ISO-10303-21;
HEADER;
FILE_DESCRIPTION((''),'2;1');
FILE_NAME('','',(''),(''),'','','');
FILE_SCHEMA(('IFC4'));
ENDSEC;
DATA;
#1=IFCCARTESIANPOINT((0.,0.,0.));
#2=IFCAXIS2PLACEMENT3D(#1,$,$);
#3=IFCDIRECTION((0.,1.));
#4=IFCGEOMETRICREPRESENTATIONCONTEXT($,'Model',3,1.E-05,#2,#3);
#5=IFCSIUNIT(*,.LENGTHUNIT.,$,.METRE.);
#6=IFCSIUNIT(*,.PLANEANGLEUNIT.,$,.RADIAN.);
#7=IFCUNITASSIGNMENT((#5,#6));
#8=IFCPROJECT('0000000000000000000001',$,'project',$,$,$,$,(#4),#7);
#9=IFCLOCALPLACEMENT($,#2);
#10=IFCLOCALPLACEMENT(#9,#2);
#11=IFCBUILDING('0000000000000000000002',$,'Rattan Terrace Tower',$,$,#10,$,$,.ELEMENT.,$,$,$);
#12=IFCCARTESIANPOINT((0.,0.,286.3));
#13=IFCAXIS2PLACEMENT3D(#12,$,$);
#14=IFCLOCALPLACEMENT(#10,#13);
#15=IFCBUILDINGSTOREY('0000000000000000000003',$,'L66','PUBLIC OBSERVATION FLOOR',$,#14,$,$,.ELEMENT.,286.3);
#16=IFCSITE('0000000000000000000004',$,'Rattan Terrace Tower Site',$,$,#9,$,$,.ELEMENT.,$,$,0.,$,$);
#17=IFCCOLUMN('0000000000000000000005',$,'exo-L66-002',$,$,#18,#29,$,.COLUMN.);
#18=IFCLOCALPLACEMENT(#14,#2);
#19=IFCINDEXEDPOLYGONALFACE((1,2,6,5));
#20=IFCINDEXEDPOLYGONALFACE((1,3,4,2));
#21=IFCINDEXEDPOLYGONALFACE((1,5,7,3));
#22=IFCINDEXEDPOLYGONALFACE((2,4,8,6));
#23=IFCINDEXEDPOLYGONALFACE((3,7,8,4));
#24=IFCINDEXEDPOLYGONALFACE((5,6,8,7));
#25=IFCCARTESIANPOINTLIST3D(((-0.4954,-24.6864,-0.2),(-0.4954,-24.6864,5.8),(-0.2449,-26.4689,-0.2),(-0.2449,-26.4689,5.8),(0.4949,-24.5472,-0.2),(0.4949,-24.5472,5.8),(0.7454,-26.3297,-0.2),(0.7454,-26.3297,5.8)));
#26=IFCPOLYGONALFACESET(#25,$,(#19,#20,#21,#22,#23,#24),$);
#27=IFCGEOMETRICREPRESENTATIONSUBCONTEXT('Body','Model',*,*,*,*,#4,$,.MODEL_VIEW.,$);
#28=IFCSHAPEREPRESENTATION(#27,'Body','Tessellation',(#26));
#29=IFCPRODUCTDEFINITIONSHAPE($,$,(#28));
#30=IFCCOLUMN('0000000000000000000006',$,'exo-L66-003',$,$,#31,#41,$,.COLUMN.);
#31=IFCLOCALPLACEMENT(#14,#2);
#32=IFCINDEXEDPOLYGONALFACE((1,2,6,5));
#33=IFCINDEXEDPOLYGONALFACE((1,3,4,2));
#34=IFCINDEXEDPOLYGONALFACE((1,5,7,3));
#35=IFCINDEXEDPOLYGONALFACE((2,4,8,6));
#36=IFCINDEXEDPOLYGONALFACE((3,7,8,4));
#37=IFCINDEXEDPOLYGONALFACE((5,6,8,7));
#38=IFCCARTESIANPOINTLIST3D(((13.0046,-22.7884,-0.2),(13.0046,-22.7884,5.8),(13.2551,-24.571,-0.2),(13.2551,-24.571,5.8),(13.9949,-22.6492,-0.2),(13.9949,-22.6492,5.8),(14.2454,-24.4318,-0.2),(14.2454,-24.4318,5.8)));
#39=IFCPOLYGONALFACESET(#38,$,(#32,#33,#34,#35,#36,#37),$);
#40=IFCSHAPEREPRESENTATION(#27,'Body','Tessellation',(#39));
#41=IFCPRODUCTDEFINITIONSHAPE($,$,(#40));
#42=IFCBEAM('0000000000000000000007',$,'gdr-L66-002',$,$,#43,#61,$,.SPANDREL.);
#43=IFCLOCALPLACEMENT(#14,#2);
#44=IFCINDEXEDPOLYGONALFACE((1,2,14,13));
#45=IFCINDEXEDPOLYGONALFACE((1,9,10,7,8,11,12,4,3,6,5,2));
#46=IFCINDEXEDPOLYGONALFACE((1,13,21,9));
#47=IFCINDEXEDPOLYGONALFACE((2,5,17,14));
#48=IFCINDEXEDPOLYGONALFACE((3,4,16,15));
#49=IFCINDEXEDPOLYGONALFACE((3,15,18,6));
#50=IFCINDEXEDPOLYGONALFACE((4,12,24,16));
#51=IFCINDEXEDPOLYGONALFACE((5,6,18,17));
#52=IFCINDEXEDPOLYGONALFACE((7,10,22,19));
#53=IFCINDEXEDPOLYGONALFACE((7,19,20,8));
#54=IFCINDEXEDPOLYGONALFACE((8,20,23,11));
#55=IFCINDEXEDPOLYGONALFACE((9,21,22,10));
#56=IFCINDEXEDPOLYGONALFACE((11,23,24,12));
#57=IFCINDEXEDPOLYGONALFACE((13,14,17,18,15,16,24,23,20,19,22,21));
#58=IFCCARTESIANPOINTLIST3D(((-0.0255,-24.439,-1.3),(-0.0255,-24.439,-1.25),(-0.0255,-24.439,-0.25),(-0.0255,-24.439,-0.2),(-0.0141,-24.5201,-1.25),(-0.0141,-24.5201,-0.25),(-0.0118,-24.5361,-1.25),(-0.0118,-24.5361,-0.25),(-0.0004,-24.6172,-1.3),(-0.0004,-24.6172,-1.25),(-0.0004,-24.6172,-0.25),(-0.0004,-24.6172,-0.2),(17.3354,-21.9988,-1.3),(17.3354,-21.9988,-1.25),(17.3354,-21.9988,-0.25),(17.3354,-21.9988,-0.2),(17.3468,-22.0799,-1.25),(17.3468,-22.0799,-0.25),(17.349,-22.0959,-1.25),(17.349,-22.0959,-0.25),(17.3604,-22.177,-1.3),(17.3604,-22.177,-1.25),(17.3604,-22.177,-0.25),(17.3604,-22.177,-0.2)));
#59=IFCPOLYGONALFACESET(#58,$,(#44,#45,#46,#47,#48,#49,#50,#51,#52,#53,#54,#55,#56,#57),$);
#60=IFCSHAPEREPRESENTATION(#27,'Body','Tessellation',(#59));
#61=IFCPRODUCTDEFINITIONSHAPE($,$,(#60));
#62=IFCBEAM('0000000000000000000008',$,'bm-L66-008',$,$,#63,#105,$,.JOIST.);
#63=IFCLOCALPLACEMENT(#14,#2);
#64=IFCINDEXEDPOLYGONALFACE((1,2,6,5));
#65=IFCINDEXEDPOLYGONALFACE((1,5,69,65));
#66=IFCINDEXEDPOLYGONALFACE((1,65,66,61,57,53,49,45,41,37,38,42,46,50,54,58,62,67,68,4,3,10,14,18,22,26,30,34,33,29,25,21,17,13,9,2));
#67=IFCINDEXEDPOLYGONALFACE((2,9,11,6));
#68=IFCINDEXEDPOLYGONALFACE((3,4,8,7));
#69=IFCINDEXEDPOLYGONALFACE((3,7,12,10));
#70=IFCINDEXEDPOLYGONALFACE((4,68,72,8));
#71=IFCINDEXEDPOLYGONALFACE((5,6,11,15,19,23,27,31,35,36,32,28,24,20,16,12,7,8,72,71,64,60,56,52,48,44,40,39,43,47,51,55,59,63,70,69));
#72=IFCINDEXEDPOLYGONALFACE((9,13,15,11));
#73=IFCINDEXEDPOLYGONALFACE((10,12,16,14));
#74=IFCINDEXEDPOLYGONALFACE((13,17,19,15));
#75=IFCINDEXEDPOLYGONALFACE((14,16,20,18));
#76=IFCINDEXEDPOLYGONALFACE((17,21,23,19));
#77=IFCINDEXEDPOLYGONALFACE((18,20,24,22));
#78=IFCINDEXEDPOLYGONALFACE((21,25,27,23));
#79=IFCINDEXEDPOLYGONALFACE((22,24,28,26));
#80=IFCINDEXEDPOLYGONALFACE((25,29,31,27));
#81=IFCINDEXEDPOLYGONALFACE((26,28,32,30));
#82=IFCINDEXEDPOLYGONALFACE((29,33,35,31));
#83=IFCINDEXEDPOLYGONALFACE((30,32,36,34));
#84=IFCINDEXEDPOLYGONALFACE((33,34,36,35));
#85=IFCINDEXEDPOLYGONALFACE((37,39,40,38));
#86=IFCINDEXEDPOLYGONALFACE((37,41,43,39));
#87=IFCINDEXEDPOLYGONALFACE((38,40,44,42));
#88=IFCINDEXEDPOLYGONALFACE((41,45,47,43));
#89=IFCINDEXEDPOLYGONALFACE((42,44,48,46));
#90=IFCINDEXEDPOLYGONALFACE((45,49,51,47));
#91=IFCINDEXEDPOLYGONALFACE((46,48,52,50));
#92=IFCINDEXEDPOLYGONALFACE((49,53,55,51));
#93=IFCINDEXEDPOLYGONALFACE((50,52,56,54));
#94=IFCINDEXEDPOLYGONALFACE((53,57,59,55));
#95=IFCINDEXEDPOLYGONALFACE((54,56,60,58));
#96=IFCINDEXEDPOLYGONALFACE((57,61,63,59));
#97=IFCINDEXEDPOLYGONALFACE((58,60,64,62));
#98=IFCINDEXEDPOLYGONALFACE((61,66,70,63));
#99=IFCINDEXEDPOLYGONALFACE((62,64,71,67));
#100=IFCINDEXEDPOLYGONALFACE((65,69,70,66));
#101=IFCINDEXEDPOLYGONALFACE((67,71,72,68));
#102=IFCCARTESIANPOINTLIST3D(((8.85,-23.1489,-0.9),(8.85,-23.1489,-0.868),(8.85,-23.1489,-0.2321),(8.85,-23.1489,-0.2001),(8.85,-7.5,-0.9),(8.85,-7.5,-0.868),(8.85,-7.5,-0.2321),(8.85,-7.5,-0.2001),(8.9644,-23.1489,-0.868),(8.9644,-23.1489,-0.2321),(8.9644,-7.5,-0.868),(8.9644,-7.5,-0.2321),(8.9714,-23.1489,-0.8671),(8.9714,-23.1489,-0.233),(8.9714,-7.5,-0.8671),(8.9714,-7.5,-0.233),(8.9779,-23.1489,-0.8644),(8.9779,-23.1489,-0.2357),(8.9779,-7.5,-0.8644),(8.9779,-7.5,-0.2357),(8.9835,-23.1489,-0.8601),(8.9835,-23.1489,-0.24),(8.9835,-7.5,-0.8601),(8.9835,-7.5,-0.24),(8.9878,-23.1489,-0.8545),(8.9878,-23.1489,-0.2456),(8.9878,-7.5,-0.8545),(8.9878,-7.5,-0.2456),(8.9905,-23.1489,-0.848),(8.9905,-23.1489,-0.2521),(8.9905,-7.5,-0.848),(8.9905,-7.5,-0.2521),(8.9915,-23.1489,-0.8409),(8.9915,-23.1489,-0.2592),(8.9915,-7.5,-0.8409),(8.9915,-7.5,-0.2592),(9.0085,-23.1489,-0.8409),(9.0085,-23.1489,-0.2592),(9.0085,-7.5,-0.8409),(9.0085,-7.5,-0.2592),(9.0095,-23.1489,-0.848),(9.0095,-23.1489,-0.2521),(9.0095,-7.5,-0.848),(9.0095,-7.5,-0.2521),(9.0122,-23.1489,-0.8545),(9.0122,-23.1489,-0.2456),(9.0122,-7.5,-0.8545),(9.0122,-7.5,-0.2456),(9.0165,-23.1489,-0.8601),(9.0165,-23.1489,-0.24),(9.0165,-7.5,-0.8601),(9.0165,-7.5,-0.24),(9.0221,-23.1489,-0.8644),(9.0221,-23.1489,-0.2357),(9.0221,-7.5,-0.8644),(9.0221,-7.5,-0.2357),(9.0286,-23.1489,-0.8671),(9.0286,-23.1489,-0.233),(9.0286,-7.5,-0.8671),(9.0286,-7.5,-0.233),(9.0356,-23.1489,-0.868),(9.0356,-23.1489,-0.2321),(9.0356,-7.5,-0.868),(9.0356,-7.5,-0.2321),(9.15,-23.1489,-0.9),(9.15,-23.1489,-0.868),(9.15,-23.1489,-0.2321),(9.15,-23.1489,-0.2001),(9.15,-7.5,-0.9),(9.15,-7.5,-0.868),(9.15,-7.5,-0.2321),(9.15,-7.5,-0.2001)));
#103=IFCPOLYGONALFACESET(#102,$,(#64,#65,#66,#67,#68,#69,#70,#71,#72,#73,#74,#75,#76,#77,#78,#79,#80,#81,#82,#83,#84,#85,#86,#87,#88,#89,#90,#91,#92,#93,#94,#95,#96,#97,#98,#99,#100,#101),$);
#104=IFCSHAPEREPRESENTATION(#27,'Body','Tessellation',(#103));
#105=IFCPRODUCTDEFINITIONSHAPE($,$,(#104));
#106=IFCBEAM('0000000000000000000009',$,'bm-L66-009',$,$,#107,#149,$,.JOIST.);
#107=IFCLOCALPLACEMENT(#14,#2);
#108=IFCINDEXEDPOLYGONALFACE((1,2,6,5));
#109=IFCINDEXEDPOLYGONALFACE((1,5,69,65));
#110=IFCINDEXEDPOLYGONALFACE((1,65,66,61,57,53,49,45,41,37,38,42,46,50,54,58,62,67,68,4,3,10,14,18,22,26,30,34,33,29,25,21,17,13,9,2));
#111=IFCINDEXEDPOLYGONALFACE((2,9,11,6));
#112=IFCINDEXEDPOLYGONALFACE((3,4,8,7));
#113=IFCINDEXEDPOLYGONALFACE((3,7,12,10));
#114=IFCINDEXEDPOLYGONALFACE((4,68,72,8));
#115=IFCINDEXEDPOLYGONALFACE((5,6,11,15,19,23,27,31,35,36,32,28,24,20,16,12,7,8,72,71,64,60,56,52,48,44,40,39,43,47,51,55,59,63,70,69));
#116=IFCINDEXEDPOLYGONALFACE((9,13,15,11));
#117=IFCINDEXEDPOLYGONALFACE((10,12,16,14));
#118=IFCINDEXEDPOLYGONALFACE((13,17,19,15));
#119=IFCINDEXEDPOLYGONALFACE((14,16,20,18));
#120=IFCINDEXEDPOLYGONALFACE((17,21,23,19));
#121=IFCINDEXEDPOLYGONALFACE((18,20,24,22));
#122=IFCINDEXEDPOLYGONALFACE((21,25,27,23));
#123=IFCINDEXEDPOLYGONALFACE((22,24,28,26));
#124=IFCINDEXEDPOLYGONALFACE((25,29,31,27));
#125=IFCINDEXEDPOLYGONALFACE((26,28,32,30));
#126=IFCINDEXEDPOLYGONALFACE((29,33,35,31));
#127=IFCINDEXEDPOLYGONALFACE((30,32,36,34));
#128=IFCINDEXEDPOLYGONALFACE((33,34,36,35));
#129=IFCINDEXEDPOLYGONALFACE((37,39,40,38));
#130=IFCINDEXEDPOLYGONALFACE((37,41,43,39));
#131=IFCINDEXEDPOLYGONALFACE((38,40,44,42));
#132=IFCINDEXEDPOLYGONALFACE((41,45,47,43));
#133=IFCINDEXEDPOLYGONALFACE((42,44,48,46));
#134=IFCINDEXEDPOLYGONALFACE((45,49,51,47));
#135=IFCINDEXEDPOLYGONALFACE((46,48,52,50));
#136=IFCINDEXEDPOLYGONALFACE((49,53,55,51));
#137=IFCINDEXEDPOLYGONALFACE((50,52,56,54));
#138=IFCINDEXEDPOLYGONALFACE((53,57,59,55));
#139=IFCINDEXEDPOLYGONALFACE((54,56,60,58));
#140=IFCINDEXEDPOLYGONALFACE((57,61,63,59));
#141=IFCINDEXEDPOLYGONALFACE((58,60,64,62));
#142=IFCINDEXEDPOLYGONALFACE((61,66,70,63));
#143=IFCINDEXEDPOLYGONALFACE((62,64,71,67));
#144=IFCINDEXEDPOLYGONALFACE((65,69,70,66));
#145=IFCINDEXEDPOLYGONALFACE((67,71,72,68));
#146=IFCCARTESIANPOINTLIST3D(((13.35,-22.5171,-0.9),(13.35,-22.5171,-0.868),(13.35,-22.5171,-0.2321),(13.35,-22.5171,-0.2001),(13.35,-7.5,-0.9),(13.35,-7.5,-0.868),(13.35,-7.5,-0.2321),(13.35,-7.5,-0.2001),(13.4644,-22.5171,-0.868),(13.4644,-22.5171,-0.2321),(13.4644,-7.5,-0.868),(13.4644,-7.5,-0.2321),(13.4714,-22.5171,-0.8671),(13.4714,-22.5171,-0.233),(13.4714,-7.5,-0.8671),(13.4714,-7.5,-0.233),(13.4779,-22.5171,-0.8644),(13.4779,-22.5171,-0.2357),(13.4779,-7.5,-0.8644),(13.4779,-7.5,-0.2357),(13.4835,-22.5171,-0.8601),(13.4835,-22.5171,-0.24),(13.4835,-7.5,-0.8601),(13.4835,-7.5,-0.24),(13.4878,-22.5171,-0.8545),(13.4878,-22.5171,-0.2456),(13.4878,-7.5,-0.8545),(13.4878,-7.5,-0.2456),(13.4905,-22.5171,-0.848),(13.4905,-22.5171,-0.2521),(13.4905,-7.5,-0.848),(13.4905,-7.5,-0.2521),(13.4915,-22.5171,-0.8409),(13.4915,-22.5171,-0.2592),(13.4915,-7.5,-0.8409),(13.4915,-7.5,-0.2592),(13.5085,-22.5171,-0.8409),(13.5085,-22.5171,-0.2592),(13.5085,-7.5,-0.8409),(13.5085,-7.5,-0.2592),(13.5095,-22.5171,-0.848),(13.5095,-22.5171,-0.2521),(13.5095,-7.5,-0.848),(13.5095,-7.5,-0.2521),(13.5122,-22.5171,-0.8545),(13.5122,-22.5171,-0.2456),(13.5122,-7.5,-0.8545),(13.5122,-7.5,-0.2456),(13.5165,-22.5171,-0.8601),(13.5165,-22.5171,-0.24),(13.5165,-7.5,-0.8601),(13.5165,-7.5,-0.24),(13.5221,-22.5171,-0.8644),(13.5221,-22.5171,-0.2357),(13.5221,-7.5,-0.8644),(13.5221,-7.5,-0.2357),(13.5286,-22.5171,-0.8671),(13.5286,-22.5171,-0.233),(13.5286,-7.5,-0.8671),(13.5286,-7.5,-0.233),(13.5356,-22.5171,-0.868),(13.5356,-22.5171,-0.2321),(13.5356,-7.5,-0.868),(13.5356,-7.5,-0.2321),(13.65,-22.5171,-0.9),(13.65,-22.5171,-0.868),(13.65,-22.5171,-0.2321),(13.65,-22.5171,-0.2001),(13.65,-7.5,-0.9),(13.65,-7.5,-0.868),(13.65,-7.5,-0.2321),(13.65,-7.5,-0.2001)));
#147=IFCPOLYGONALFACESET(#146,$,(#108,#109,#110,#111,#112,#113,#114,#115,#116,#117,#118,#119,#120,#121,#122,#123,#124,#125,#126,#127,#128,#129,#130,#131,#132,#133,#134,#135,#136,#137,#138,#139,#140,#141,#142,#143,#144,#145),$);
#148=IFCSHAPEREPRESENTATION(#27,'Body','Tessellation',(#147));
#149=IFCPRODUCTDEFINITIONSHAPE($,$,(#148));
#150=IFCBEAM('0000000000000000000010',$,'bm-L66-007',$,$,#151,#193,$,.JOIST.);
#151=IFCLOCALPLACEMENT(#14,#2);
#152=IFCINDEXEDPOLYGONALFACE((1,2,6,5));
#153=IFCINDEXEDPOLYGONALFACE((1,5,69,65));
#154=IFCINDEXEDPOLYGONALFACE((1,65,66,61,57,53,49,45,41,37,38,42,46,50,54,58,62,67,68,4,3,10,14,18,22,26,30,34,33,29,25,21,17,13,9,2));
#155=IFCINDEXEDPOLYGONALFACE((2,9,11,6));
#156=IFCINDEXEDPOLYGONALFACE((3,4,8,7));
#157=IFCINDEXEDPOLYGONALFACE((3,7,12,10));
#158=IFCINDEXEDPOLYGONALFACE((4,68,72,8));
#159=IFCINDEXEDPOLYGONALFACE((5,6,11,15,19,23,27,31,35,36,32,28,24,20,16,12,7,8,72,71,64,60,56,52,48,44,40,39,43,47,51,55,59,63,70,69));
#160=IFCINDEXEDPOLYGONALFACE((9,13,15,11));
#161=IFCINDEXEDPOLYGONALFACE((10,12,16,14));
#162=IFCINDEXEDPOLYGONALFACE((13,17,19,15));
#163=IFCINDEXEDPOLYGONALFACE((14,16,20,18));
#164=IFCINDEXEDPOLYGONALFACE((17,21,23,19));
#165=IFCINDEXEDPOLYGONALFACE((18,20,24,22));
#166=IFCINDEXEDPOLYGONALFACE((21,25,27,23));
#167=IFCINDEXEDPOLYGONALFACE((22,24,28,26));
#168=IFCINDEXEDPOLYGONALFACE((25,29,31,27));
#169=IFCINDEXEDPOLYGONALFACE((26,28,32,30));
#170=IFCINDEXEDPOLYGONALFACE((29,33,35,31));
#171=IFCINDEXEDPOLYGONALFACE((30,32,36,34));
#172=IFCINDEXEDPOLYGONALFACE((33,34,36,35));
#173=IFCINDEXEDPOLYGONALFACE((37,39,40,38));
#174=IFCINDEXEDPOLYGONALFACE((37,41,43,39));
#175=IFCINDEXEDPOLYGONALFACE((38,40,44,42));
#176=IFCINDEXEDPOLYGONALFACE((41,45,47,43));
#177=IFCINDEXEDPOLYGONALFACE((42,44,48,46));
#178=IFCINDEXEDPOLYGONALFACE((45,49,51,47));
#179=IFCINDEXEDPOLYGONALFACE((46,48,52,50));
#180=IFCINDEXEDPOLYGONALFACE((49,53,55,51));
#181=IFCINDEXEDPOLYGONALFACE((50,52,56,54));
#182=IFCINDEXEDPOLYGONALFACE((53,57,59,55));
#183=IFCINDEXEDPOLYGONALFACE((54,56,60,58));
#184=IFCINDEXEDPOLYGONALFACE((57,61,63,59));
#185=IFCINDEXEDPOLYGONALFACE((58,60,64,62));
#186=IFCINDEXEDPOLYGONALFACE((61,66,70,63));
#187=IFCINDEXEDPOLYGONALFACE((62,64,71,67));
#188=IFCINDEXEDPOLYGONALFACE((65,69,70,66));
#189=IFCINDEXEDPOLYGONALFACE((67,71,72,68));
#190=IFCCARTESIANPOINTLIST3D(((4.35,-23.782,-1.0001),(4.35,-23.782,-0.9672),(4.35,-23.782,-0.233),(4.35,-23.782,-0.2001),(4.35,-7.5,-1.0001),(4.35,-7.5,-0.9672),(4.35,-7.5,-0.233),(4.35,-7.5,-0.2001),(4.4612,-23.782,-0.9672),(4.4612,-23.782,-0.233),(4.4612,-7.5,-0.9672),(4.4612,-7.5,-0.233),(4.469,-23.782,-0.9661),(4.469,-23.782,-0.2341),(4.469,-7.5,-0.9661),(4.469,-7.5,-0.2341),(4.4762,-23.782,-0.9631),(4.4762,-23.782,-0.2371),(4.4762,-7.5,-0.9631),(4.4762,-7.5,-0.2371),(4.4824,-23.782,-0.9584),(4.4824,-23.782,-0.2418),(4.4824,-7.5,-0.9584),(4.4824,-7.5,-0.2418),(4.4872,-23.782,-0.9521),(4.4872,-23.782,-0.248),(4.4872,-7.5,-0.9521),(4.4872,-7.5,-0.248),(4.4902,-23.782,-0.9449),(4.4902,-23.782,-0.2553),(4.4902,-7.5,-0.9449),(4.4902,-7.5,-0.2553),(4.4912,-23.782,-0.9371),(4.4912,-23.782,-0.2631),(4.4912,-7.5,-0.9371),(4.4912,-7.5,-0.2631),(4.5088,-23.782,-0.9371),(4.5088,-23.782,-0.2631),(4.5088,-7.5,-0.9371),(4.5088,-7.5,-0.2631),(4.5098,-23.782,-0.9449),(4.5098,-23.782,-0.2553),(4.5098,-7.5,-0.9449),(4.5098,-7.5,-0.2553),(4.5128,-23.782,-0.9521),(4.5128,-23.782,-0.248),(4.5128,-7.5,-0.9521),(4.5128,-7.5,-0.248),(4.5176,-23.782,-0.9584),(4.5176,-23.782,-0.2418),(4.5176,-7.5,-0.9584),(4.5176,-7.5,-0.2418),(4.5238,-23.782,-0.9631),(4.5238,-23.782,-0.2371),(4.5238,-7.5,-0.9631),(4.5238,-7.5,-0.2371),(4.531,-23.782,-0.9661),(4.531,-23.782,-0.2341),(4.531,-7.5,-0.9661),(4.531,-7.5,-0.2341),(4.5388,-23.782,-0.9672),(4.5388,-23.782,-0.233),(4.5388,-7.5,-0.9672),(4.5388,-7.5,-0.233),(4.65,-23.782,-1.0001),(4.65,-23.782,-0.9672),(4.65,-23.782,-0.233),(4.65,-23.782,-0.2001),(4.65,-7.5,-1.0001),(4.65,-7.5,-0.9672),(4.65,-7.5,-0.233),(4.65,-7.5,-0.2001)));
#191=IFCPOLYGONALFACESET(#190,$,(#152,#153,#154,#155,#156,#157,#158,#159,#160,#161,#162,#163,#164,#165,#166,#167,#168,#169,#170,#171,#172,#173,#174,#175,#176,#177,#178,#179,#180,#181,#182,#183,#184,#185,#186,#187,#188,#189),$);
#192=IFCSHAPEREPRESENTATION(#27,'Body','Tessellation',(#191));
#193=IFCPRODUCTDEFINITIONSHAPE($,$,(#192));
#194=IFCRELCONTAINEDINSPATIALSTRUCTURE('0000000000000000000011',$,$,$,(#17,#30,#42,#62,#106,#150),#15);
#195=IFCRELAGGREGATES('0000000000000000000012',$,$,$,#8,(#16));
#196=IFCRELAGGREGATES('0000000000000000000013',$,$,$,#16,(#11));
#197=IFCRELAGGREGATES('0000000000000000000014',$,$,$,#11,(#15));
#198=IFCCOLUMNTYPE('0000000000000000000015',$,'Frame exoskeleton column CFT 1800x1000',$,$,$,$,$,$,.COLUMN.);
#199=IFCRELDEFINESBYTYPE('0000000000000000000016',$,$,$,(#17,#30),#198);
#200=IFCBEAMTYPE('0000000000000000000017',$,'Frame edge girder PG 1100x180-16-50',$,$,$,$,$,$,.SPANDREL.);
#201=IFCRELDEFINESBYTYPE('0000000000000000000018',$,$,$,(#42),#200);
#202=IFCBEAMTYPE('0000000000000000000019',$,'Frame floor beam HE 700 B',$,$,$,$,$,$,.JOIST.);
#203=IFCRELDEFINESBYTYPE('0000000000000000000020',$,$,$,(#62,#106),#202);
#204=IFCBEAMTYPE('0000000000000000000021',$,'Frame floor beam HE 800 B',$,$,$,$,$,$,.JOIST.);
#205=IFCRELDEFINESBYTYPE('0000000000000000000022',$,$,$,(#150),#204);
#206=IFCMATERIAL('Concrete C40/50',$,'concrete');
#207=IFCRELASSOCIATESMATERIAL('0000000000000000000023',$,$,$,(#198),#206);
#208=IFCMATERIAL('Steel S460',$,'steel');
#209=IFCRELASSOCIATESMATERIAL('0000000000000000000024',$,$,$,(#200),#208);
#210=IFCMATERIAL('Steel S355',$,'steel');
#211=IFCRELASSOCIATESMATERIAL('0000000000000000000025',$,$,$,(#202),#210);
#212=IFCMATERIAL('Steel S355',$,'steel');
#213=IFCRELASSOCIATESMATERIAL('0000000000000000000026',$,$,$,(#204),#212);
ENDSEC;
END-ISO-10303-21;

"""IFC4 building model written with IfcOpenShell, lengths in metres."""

from ifc_helpers import new_model, si_unit, direction, frame, origin, origin_2d, place, context, subcontext, project, spatial, rectangle, i_section, extrude, material, material_profile, profile_set, type_object, element, save


model = new_model("IFC4")

# Units and contexts
model_context = context("Model", 3, precision=1e-05, world=origin(), true_north=direction((0.0, 1.0)))
body_context = subcontext(model_context, "Body", "Model", "MODEL_VIEW")
ifc_project = project(units=[si_unit("LENGTHUNIT", "METRE"), si_unit("PLANEANGLEUNIT", "RADIAN")], contexts=[model_context])

# Site, building, storey
site_placement = place(None, origin())
site = spatial("IfcSite", under=ifc_project, at=site_placement, Name="Rattan Terrace Tower Site", CompositionType="ELEMENT", RefElevation=0.0)
building_placement = place(site_placement, origin())
building = spatial("IfcBuilding", under=site, at=building_placement, Name="Rattan Terrace Tower", CompositionType="ELEMENT")
storey_placement = place(building_placement, frame((0.0, 0.0, 286.3)))
storey = spatial("IfcBuildingStorey", under=building, at=storey_placement, Name="L66", Description="PUBLIC OBSERVATION FLOOR", CompositionType="ELEMENT", Elevation=286.3)

# Columns
ifc_material_1 = material(Name="Concrete C40/50", Category="concrete")
ifc_material_profile_1 = material_profile(ifc_material_1, rectangle(XDim=1.0, YDim=1.8, at=origin_2d()), Name="CFT 1800x1000")
ifc_profile_set_1 = profile_set([ifc_material_profile_1], Name="Concrete C40/50")
column_type = type_object("IfcColumnType", Name="Frame exoskeleton column CFT 1800x1000", PredefinedType="COLUMN", material=ifc_profile_set_1)
for number, where, z_axis, x_axis, name in (
    (1, (0.125, -25.5081, -0.2), (0.0, 0.0, 1.0), (0.990266, 0.13919, 0.0), "exo-L66-002"),
    (2, (13.625, -23.6101, -0.2), (0.0, 0.0, 1.0), (0.990266, 0.13919, 0.0), "exo-L66-003"),
):
    element("IfcColumn", number, at=place(storey_placement, frame(where, z_axis=z_axis, x_axis=x_axis)), inside=storey, type_object=column_type, Name=name, PredefinedType="COLUMN", context=body_context, shape_type="SweptSolid", body=[
        extrude(rectangle(XDim=1.0, YDim=1.8, at=origin_2d()), origin(), (0.0, 0.0, 1.0), 6.0),
    ])

# Beams
ifc_material_2 = material(Name="Steel S460", Category="steel")
ifc_material_profile_2 = material_profile(ifc_material_2, i_section(OverallWidth=0.1799, OverallDepth=1.1001, WebThickness=0.0161, FlangeThickness=0.05, at=origin_2d()), Name="PG 1100x180-16-50")
ifc_profile_set_2 = profile_set([ifc_material_profile_2], Name="Steel S460")
beam_type_1 = type_object("IfcBeamType", Name="Frame edge girder PG 1100x180-16-50", PredefinedType="SPANDREL", material=ifc_profile_set_2)
beam_1_placement = place(storey_placement, frame((17.3479, -22.0879, -0.75), z_axis=(-0.990266, -0.139189, 0.0), x_axis=(0.139189, -0.990266, 0.0)))
element("IfcBeam", 3, at=beam_1_placement, inside=storey, type_object=beam_type_1, Name="gdr-L66-002", PredefinedType="SPANDREL", context=body_context, shape_type="SweptSolid", body=[
    extrude(i_section(OverallWidth=0.1799, OverallDepth=1.1001, WebThickness=0.0161, FlangeThickness=0.05, at=origin_2d()), origin(), (0.0, 0.0, 1.0), 17.5315),
])
ifc_material_3 = material(Name="Steel S355", Category="steel")
ifc_material_profile_3 = material_profile(ifc_material_3, i_section(OverallWidth=0.3, OverallDepth=0.7, WebThickness=0.0171, FlangeThickness=0.032, FilletRadius=0.0271, at=origin_2d()), Name="HE 700 B")
ifc_profile_set_3 = profile_set([ifc_material_profile_3], Name="Steel S355")
beam_type_2 = type_object("IfcBeamType", Name="Frame floor beam HE 700 B", PredefinedType="JOIST", material=ifc_profile_set_3)
beam_2_placement = place(storey_placement, frame((9.0, -23.1489, -0.55), z_axis=(0.0, 1.0, 0.0), x_axis=(-1.0, 0.0, 0.0)))
element("IfcBeam", 4, at=beam_2_placement, inside=storey, type_object=beam_type_2, Name="bm-L66-008", PredefinedType="JOIST", context=body_context, shape_type="SweptSolid", body=[
    extrude(i_section(OverallWidth=0.3, OverallDepth=0.7, WebThickness=0.0171, FlangeThickness=0.032, FilletRadius=0.0271, at=origin_2d()), origin(), (0.0, 0.0, 1.0), 15.6489),
])
beam_3_placement = place(storey_placement, frame((13.5, -22.5171, -0.55), z_axis=(0.0, 1.0, 0.0), x_axis=(-1.0, 0.0, 0.0)))
element("IfcBeam", 5, at=beam_3_placement, inside=storey, type_object=beam_type_2, Name="bm-L66-009", PredefinedType="JOIST", context=body_context, shape_type="SweptSolid", body=[
    extrude(i_section(OverallWidth=0.3, OverallDepth=0.7, WebThickness=0.0171, FlangeThickness=0.032, FilletRadius=0.0271, at=origin_2d()), origin(), (0.0, 0.0, 1.0), 15.0171),
])
ifc_material_4 = material(Name="Steel S355", Category="steel")
ifc_material_profile_4 = material_profile(ifc_material_4, i_section(OverallWidth=0.3, OverallDepth=0.8, WebThickness=0.0176, FlangeThickness=0.033, FilletRadius=0.03, at=origin_2d()), Name="HE 800 B")
ifc_profile_set_4 = profile_set([ifc_material_profile_4], Name="Steel S355")
beam_type_3 = type_object("IfcBeamType", Name="Frame floor beam HE 800 B", PredefinedType="JOIST", material=ifc_profile_set_4)
beam_4_placement = place(storey_placement, frame((4.5, -23.782, -0.6001), z_axis=(0.0, 1.0, 0.0), x_axis=(-1.0, 0.0, 0.0)))
element("IfcBeam", 6, at=beam_4_placement, inside=storey, type_object=beam_type_3, Name="bm-L66-007", PredefinedType="JOIST", context=body_context, shape_type="SweptSolid", body=[
    extrude(i_section(OverallWidth=0.3, OverallDepth=0.8, WebThickness=0.0176, FlangeThickness=0.033, FilletRadius=0.03, at=origin_2d()), origin(), (0.0, 0.0, 1.0), 16.282),
])

save(model, "model.ifc")
